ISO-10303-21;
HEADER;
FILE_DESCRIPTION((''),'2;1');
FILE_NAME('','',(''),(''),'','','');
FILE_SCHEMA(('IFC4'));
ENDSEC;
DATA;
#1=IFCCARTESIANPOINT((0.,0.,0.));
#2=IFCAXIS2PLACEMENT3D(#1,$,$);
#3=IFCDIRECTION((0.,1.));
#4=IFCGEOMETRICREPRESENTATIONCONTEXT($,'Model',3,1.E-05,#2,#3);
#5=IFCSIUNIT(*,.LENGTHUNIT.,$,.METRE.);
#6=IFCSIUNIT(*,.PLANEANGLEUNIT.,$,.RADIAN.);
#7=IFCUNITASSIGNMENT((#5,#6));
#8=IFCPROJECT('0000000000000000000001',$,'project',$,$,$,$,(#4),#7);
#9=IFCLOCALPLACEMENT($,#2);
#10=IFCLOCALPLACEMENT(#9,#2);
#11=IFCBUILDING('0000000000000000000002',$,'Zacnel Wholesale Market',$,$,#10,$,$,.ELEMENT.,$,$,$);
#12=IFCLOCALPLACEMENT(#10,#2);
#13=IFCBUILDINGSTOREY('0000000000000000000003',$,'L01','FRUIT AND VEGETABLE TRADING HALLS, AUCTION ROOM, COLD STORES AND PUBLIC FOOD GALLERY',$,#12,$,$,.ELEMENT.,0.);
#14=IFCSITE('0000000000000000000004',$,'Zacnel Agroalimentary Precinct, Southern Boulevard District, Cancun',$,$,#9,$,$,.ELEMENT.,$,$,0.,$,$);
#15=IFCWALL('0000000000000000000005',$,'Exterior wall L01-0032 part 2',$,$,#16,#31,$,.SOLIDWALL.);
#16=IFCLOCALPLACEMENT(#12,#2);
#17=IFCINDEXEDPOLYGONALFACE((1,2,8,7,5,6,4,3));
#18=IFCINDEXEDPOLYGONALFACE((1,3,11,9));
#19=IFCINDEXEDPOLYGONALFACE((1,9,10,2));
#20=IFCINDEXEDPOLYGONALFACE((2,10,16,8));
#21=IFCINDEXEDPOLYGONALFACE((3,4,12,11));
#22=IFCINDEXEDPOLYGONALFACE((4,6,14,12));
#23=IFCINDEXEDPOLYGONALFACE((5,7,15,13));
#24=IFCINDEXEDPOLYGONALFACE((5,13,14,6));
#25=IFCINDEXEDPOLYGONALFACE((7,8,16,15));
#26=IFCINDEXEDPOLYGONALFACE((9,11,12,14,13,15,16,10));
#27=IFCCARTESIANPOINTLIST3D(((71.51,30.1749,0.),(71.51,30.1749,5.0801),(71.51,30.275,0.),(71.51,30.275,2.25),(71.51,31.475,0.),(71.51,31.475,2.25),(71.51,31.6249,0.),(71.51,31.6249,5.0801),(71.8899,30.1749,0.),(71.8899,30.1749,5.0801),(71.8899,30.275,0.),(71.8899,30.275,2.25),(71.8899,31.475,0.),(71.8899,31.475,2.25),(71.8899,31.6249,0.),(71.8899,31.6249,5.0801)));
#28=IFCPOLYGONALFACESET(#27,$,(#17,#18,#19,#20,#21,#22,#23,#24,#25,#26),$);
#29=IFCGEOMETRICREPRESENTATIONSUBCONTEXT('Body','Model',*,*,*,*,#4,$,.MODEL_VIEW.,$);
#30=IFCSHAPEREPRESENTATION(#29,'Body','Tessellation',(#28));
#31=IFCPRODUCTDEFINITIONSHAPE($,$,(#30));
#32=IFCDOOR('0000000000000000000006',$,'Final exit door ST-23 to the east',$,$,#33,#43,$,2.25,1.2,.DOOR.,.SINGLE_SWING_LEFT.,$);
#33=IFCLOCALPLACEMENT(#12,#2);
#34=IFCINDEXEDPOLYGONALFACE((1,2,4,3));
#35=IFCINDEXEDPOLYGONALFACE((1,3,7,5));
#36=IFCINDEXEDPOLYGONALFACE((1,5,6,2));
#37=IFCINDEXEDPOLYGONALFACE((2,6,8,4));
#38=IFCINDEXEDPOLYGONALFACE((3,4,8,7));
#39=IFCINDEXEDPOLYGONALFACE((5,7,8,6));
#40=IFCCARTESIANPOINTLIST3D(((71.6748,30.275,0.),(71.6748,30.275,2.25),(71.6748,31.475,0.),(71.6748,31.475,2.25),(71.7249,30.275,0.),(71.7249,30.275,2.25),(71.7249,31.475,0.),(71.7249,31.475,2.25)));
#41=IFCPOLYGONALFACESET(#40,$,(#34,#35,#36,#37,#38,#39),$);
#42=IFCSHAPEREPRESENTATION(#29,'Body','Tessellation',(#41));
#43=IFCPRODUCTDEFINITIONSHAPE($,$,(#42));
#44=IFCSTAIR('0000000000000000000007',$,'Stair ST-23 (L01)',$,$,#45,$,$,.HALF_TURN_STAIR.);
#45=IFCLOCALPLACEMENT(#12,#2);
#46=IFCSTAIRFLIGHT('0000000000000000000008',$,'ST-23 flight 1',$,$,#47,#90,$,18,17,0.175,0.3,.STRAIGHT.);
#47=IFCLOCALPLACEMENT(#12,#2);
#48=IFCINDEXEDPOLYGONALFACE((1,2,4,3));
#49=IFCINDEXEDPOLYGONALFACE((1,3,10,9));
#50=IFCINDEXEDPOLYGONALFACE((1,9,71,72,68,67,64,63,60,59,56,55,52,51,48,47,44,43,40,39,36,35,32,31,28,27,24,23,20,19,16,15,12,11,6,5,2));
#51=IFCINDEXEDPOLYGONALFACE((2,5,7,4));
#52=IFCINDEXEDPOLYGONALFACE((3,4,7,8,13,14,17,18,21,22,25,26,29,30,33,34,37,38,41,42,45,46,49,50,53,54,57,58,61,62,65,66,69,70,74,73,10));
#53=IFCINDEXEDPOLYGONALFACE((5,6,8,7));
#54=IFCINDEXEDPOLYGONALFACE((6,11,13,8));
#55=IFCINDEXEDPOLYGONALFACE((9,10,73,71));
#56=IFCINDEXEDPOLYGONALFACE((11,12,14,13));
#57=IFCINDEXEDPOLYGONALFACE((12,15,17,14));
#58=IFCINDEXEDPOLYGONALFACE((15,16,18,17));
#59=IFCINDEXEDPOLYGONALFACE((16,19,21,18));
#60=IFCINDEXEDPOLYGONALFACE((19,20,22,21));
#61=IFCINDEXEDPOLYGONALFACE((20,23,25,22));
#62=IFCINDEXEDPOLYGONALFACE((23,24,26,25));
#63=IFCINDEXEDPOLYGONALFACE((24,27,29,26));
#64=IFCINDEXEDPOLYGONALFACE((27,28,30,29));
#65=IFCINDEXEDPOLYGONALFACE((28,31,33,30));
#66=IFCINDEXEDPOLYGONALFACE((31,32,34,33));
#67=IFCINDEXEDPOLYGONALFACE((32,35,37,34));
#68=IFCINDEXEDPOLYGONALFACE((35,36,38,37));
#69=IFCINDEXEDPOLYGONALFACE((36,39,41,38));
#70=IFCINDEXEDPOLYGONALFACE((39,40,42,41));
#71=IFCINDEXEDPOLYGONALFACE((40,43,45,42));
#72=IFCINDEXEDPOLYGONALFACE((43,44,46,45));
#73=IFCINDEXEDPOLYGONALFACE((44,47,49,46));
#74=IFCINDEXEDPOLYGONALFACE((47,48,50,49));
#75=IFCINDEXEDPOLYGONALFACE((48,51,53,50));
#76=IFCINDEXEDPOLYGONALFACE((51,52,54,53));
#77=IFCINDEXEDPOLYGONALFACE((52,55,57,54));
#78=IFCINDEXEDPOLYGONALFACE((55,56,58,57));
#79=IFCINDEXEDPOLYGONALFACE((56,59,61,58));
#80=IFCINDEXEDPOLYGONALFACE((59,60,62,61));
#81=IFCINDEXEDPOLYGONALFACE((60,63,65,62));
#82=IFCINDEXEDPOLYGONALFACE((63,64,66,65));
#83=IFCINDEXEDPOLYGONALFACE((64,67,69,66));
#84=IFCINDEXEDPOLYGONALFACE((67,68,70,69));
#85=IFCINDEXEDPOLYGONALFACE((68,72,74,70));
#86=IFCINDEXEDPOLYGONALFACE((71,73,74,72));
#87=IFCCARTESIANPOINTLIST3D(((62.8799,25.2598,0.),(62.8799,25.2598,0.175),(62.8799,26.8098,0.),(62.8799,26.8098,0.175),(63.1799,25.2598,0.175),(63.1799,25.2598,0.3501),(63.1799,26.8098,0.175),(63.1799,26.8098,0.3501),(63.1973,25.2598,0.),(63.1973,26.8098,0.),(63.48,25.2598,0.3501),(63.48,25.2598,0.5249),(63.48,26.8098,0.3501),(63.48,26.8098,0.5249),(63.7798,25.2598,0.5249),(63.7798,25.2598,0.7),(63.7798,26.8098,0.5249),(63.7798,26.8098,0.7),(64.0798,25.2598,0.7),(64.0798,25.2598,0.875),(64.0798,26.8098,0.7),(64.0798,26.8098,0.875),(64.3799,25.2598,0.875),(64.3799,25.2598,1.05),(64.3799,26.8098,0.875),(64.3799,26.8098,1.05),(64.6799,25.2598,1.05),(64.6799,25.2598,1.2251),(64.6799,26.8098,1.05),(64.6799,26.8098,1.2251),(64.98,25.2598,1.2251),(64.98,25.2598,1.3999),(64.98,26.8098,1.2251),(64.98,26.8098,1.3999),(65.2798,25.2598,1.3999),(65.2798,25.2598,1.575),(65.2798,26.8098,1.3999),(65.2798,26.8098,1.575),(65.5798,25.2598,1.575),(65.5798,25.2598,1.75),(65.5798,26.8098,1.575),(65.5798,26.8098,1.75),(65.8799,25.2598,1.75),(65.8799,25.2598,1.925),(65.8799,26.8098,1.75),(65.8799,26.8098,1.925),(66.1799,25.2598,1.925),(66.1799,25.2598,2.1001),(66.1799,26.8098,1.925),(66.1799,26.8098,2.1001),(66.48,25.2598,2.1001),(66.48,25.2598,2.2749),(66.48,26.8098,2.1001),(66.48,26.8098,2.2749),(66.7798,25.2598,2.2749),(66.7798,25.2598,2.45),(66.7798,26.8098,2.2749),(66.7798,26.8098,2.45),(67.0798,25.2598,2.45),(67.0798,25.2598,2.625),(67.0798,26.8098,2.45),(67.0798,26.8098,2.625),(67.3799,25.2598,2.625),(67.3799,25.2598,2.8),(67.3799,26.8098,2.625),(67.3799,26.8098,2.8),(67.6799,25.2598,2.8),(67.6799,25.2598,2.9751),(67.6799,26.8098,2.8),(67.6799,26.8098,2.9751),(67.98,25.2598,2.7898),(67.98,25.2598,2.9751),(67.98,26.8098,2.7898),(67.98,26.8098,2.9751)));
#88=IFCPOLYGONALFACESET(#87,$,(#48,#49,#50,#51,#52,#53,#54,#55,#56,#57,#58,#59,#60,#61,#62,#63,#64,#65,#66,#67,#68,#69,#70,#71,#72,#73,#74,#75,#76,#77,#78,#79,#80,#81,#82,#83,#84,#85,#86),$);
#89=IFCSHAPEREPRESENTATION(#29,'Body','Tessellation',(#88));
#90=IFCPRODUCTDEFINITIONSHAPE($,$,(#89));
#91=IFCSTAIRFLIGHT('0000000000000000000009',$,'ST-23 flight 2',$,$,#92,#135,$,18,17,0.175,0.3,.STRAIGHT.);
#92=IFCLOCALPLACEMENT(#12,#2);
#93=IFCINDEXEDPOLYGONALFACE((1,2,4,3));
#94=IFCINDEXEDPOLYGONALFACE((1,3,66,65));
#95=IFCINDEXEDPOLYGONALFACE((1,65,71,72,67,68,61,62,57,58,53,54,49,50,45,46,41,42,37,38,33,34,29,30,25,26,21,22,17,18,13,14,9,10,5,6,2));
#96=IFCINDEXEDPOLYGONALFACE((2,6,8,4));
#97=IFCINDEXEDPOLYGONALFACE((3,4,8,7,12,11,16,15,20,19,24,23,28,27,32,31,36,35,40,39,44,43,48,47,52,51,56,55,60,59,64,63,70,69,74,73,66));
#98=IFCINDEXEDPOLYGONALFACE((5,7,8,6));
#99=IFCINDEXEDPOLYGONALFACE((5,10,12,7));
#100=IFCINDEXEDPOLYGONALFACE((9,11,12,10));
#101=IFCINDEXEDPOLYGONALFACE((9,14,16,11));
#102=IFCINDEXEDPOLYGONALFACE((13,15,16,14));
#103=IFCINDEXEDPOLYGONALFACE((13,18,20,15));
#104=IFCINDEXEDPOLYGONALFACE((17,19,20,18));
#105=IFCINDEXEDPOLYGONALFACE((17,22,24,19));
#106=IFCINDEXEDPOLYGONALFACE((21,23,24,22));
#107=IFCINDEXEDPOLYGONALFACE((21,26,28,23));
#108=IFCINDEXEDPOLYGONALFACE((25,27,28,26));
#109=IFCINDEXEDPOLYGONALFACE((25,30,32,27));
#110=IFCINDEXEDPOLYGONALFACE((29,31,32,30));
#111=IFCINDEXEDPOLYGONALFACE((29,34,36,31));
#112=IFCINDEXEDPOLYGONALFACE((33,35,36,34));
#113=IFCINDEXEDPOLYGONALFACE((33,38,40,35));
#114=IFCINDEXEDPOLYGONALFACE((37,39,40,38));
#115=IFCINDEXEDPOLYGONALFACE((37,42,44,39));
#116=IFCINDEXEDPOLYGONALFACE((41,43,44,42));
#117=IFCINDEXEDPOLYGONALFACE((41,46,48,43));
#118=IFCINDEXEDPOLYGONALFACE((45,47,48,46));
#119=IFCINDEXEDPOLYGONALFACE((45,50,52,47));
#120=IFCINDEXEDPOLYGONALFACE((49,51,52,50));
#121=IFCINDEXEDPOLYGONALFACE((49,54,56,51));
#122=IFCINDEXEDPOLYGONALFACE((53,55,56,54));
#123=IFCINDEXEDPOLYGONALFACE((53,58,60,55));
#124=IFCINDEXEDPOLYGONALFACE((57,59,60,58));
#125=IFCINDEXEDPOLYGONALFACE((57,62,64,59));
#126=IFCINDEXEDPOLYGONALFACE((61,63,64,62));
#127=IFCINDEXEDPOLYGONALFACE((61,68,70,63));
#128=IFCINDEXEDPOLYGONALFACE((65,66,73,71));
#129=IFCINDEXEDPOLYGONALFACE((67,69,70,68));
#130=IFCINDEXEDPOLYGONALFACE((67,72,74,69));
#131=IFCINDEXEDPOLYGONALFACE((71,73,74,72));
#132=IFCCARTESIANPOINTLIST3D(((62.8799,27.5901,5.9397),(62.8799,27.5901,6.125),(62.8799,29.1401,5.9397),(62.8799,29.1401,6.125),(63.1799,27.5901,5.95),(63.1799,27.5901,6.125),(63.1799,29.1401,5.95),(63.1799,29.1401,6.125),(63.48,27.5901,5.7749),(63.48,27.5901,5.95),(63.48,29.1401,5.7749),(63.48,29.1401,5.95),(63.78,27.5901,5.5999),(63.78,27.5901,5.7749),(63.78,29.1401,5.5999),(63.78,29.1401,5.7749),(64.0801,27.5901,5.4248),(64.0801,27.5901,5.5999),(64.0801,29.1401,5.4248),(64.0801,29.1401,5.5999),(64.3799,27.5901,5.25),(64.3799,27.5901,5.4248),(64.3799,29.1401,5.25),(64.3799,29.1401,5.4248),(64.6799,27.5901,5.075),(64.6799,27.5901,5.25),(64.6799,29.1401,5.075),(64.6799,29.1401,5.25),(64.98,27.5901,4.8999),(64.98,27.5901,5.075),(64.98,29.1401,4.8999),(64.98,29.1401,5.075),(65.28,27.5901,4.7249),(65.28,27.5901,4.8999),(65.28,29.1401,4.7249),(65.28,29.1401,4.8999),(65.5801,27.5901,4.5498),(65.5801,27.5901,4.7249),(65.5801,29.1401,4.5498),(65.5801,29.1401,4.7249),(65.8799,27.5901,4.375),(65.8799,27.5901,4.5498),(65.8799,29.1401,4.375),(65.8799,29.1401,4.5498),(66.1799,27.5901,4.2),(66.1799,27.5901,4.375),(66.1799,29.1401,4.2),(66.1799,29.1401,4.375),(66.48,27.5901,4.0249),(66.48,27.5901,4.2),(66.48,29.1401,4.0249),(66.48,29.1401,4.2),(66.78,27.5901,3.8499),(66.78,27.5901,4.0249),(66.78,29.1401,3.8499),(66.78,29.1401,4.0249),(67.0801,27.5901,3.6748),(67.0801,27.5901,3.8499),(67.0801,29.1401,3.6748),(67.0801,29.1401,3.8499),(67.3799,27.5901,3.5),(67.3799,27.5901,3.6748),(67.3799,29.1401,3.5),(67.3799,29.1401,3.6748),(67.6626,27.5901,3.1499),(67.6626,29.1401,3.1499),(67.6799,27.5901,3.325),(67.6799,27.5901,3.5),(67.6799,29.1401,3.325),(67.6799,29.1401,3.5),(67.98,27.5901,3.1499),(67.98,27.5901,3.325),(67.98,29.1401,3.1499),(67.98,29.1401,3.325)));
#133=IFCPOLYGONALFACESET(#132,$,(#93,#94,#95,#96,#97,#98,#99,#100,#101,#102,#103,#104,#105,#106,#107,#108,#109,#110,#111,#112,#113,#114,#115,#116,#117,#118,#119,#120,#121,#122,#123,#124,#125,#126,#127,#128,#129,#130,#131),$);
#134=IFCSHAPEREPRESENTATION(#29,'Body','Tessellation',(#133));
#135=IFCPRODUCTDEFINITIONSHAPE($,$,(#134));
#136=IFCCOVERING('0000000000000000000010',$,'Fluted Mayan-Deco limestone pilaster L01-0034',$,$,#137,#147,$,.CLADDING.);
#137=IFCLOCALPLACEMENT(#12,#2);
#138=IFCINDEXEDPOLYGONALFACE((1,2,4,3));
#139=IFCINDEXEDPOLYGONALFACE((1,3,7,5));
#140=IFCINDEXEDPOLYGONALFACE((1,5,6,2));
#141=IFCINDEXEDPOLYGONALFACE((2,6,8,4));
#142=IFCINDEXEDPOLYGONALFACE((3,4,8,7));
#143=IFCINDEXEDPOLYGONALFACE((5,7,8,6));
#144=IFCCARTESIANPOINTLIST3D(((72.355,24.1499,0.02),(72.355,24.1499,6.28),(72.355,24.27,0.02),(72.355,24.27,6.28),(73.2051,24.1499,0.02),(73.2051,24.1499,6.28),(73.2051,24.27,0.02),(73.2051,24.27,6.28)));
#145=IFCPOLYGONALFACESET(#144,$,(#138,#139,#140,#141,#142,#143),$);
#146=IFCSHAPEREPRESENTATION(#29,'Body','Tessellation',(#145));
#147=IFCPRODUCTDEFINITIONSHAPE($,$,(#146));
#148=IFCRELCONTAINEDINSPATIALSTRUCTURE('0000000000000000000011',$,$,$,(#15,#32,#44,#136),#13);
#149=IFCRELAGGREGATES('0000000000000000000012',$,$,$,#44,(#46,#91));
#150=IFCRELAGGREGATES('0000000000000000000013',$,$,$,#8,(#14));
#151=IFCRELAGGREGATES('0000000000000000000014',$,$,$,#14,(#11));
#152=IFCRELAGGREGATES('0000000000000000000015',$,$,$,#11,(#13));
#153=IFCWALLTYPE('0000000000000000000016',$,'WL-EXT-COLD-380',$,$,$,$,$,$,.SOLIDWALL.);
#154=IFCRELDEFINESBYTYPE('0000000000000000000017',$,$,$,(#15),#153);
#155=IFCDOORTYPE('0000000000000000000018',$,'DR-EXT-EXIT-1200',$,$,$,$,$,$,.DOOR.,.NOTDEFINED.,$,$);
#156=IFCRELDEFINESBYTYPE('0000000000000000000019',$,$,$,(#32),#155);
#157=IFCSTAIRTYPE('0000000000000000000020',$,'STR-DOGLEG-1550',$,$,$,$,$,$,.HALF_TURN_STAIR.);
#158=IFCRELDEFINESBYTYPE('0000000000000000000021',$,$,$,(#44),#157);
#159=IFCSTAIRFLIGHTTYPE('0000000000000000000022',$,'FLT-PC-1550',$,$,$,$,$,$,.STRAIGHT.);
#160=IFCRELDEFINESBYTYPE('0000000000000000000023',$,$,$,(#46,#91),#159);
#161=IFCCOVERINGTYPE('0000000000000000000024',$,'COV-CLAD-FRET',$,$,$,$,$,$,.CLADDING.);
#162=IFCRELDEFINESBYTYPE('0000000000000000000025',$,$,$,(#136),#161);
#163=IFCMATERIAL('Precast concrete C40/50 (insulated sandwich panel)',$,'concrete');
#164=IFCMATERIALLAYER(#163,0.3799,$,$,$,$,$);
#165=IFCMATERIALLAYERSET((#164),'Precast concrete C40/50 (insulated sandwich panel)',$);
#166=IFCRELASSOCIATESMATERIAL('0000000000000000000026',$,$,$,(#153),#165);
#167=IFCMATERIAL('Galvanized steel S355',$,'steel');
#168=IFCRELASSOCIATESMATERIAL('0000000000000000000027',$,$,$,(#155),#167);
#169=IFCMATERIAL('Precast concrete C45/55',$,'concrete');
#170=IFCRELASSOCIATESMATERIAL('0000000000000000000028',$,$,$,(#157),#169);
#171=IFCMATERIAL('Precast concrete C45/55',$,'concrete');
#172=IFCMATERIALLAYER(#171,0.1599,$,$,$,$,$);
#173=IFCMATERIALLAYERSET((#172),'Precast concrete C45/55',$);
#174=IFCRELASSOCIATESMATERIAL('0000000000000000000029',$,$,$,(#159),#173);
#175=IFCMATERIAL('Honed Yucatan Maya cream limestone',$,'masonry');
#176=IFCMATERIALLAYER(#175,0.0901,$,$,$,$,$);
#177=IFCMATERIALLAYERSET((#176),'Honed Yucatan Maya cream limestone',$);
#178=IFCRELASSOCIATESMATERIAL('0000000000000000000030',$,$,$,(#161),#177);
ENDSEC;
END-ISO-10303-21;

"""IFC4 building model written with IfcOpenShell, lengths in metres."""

from ifc_helpers import new_model, si_unit, direction, frame, frame_2d, origin, origin_2d, place, context, subcontext, project, spatial, polyline, rectangle, outline, extrude, material, layer, layer_set, type_object, element, fill, aggregate, save


model = new_model("IFC4")

# Units and contexts
model_context = context("Model", 3, precision=1e-05, world=origin(), true_north=direction((0.0, 1.0)))
body_context = subcontext(model_context, "Body", "Model", "MODEL_VIEW")
ifc_project = project(units=[si_unit("LENGTHUNIT", "METRE"), si_unit("PLANEANGLEUNIT", "RADIAN")], contexts=[model_context])

# Site, building, storey
site_placement = place(None, origin())
site = spatial("IfcSite", under=ifc_project, at=site_placement, Name="Zacnel Agroalimentary Precinct, Southern Boulevard District, Cancun", CompositionType="ELEMENT", RefElevation=0.0)
building_placement = place(site_placement, origin())
building = spatial("IfcBuilding", under=site, at=building_placement, Name="Zacnel Wholesale Market", CompositionType="ELEMENT")
storey_placement = place(building_placement, origin())
storey = spatial("IfcBuildingStorey", under=building, at=storey_placement, Name="L01", Description="FRUIT AND VEGETABLE TRADING HALLS, AUCTION ROOM, COLD STORES AND PUBLIC FOOD GALLERY", CompositionType="ELEMENT", Elevation=0.0)

# Shared definitions
ifc_material_1 = material(Name="Precast concrete C40/50 (insulated sandwich panel)", Category="concrete")
ifc_layer_1 = layer(ifc_material_1, 0.3799)
ifc_layer_set_1 = layer_set([ifc_layer_1], Name="Precast concrete C40/50 (insulated sandwich panel)")
wall_type_1 = type_object("IfcWallType", Name="WL-EXT-COLD-380", PredefinedType="SOLIDWALL", material=ifc_layer_set_1)

# Wall, opening, door
wall_1_placement = place(storey_placement, frame((71.7, 31.625, 0.0), z_axis=(0.0, 0.0, 1.0), x_axis=(0.0, -1.0, 0.0)))
wall_1 = element("IfcWall", 1, at=wall_1_placement, inside=storey, type_object=wall_type_1, Name="Exterior wall L01-0032 part 2", PredefinedType="SOLIDWALL", context=body_context, shape_type="SweptSolid", body=[
    extrude(rectangle(XDim=1.45, YDim=0.3799, at=frame_2d((0.7251, 0.0))), origin(), (0.0, 0.0, 1.0), 5.0801),
])
opening_1_placement = place(wall_1_placement, frame((0.1499, 0.0, 0.0)))
opening_1 = element("IfcOpeningElement", 2, at=opening_1_placement, cuts=wall_1, PredefinedType="OPENING", context=body_context, shape_type="SweptSolid", body=[
    extrude(rectangle(XDim=1.2, YDim=2.25, at=frame_2d((0.6001, 1.125))), frame((0.0, 0.2, 0.0), z_axis=(0.0, -1.0, 0.0), x_axis=(1.0, 0.0, 0.0)), (0.0, 0.0, 1.0), 0.3999),
])
ifc_material_2 = material(Name="Galvanized steel S355", Category="steel")
door_type_1 = type_object("IfcDoorType", Name="DR-EXT-EXIT-1200", OperationType="NOTDEFINED", PredefinedType="DOOR", material=ifc_material_2)
door_1_placement = place(opening_1_placement, origin())
door_1 = element("IfcDoor", 3, at=door_1_placement, inside=storey, type_object=door_type_1, Name="Final exit door ST-23 to the east", OperationType="SINGLE_SWING_LEFT", OverallHeight=2.25, OverallWidth=1.2, PredefinedType="DOOR", context=body_context, shape_type="SweptSolid", body=[
    extrude(rectangle(XDim=1.2, YDim=2.25, at=frame_2d((0.6001, 1.125))), frame((0.0, 0.0249, 0.0), z_axis=(0.0, -1.0, 0.0), x_axis=(1.0, 0.0, 0.0)), (0.0, 0.0, 1.0), 0.05),
])
fill(opening_1, door_1)

# Stair, stair flights
ifc_material_3 = material(Name="Precast concrete C45/55", Category="concrete")
stair_type = type_object("IfcStairType", Name="STR-DOGLEG-1550", PredefinedType="HALF_TURN_STAIR", material=ifc_material_3)
stair_placement = place(storey_placement, origin())
stair = element("IfcStair", 4, at=stair_placement, inside=storey, type_object=stair_type, Name="Stair ST-23 (L01)", PredefinedType="HALF_TURN_STAIR")
ifc_material_4 = material(Name="Precast concrete C45/55", Category="concrete")
ifc_layer_2 = layer(ifc_material_4, 0.1599)
ifc_layer_set_2 = layer_set([ifc_layer_2], Name="Precast concrete C45/55")
stair_flight_type = type_object("IfcStairFlightType", Name="FLT-PC-1550", PredefinedType="STRAIGHT", material=ifc_layer_set_2)
stair_flight_1_placement = place(storey_placement, frame((62.8799, 26.0349, 0.0), z_axis=(0.0, 0.0, 1.0), x_axis=(1.0, 0.0, 0.0)))
stair_flight_1 = element("IfcStairFlight", 5, at=stair_flight_1_placement, type_object=stair_flight_type, Name="ST-23 flight 1", NumberOfRisers=18, NumberOfTreads=17, PredefinedType="STRAIGHT", RiserHeight=0.175, TreadLength=0.3, context=body_context, shape_type="SweptSolid", body=[
    extrude(outline(polyline([(0.0, 0.0), (0.0, 0.175), (0.3, 0.175), (0.3, 0.3501), (0.6001, 0.3501), (0.6001, 0.5249), (0.8999, 0.5249), (0.8999, 0.7), (1.2, 0.7), (1.2, 0.875), (1.5, 0.875), (1.5, 1.05), (1.8, 1.05), (1.8, 1.2251), (2.1001, 1.2251), (2.1001, 1.3999), (2.3999, 1.3999), (2.3999, 1.575), (2.7, 1.575), (2.7, 1.75), (3.0, 1.75), (3.0, 1.925), (3.3, 1.925), (3.3, 2.1001), (3.6001, 2.1001), (3.6001, 2.2749), (3.8999, 2.2749), (3.8999, 2.45), (4.2, 2.45), (4.2, 2.625), (4.5, 2.625), (4.5, 2.8), (4.8, 2.8), (4.8, 2.9751), (5.1001, 2.9751), (5.1001, 3.1499), (5.1001, 2.7898), (0.3174, 0.0), (0.0, 0.0)])), frame((0.0, 0.7749, 0.0), z_axis=(0.0, -1.0, 0.0), x_axis=(1.0, 0.0, 0.0)), (0.0, 0.0, 1.0), 1.55),
])
stair_flight_2_placement = place(storey_placement, frame((67.98, 28.365, 3.1499), z_axis=(0.0, 0.0, 1.0), x_axis=(-1.0, 0.0, 0.0)))
stair_flight_2 = element("IfcStairFlight", 6, at=stair_flight_2_placement, type_object=stair_flight_type, Name="ST-23 flight 2", NumberOfRisers=18, NumberOfTreads=17, PredefinedType="STRAIGHT", RiserHeight=0.175, TreadLength=0.3, context=body_context, shape_type="SweptSolid", body=[
    extrude(outline(polyline([(0.0, 0.0), (0.0, 0.175), (0.3, 0.175), (0.3, 0.3501), (0.6001, 0.3501), (0.6001, 0.5249), (0.8999, 0.5249), (0.8999, 0.7), (1.2, 0.7), (1.2, 0.875), (1.5, 0.875), (1.5, 1.05), (1.8, 1.05), (1.8, 1.2251), (2.1001, 1.2251), (2.1001, 1.3999), (2.3999, 1.3999), (2.3999, 1.575), (2.7, 1.575), (2.7, 1.75), (3.0, 1.75), (3.0, 1.925), (3.3, 1.925), (3.3, 2.1001), (3.6001, 2.1001), (3.6001, 2.2749), (3.8999, 2.2749), (3.8999, 2.45), (4.2, 2.45), (4.2, 2.625), (4.5, 2.625), (4.5, 2.8), (4.8, 2.8), (4.8, 2.9751), (5.1001, 2.9751), (5.1001, 3.1499), (5.1001, 2.7898), (0.3174, 0.0), (0.0, 0.0)])), frame((0.0, 0.7749, 0.0), z_axis=(0.0, -1.0, 0.0), x_axis=(1.0, 0.0, 0.0)), (0.0, 0.0, 1.0), 1.55),
])
aggregate(stair, [stair_flight_1, stair_flight_2])

# Covering
ifc_material_5 = material(Name="Honed Yucatan Maya cream limestone", Category="masonry")
ifc_layer_3 = layer(ifc_material_5, 0.0901)
ifc_layer_set_3 = layer_set([ifc_layer_3], Name="Honed Yucatan Maya cream limestone")
covering_type = type_object("IfcCoveringType", Name="COV-CLAD-FRET", PredefinedType="CLADDING", material=ifc_layer_set_3)
covering_placement = place(storey_placement, frame((72.78, 24.21, 0.02), z_axis=(0.0, 0.0, 1.0), x_axis=(1.0, 0.0, 0.0)))
element("IfcCovering", 7, at=covering_placement, inside=storey, type_object=covering_type, Name="Fluted Mayan-Deco limestone pilaster L01-0034", PredefinedType="CLADDING", context=body_context, shape_type="SweptSolid", body=[
    extrude(rectangle(XDim=0.8501, YDim=0.1201, at=origin_2d()), origin(), (0.0, 0.0, 1.0), 6.26),
])

save(model, "model.ifc")
